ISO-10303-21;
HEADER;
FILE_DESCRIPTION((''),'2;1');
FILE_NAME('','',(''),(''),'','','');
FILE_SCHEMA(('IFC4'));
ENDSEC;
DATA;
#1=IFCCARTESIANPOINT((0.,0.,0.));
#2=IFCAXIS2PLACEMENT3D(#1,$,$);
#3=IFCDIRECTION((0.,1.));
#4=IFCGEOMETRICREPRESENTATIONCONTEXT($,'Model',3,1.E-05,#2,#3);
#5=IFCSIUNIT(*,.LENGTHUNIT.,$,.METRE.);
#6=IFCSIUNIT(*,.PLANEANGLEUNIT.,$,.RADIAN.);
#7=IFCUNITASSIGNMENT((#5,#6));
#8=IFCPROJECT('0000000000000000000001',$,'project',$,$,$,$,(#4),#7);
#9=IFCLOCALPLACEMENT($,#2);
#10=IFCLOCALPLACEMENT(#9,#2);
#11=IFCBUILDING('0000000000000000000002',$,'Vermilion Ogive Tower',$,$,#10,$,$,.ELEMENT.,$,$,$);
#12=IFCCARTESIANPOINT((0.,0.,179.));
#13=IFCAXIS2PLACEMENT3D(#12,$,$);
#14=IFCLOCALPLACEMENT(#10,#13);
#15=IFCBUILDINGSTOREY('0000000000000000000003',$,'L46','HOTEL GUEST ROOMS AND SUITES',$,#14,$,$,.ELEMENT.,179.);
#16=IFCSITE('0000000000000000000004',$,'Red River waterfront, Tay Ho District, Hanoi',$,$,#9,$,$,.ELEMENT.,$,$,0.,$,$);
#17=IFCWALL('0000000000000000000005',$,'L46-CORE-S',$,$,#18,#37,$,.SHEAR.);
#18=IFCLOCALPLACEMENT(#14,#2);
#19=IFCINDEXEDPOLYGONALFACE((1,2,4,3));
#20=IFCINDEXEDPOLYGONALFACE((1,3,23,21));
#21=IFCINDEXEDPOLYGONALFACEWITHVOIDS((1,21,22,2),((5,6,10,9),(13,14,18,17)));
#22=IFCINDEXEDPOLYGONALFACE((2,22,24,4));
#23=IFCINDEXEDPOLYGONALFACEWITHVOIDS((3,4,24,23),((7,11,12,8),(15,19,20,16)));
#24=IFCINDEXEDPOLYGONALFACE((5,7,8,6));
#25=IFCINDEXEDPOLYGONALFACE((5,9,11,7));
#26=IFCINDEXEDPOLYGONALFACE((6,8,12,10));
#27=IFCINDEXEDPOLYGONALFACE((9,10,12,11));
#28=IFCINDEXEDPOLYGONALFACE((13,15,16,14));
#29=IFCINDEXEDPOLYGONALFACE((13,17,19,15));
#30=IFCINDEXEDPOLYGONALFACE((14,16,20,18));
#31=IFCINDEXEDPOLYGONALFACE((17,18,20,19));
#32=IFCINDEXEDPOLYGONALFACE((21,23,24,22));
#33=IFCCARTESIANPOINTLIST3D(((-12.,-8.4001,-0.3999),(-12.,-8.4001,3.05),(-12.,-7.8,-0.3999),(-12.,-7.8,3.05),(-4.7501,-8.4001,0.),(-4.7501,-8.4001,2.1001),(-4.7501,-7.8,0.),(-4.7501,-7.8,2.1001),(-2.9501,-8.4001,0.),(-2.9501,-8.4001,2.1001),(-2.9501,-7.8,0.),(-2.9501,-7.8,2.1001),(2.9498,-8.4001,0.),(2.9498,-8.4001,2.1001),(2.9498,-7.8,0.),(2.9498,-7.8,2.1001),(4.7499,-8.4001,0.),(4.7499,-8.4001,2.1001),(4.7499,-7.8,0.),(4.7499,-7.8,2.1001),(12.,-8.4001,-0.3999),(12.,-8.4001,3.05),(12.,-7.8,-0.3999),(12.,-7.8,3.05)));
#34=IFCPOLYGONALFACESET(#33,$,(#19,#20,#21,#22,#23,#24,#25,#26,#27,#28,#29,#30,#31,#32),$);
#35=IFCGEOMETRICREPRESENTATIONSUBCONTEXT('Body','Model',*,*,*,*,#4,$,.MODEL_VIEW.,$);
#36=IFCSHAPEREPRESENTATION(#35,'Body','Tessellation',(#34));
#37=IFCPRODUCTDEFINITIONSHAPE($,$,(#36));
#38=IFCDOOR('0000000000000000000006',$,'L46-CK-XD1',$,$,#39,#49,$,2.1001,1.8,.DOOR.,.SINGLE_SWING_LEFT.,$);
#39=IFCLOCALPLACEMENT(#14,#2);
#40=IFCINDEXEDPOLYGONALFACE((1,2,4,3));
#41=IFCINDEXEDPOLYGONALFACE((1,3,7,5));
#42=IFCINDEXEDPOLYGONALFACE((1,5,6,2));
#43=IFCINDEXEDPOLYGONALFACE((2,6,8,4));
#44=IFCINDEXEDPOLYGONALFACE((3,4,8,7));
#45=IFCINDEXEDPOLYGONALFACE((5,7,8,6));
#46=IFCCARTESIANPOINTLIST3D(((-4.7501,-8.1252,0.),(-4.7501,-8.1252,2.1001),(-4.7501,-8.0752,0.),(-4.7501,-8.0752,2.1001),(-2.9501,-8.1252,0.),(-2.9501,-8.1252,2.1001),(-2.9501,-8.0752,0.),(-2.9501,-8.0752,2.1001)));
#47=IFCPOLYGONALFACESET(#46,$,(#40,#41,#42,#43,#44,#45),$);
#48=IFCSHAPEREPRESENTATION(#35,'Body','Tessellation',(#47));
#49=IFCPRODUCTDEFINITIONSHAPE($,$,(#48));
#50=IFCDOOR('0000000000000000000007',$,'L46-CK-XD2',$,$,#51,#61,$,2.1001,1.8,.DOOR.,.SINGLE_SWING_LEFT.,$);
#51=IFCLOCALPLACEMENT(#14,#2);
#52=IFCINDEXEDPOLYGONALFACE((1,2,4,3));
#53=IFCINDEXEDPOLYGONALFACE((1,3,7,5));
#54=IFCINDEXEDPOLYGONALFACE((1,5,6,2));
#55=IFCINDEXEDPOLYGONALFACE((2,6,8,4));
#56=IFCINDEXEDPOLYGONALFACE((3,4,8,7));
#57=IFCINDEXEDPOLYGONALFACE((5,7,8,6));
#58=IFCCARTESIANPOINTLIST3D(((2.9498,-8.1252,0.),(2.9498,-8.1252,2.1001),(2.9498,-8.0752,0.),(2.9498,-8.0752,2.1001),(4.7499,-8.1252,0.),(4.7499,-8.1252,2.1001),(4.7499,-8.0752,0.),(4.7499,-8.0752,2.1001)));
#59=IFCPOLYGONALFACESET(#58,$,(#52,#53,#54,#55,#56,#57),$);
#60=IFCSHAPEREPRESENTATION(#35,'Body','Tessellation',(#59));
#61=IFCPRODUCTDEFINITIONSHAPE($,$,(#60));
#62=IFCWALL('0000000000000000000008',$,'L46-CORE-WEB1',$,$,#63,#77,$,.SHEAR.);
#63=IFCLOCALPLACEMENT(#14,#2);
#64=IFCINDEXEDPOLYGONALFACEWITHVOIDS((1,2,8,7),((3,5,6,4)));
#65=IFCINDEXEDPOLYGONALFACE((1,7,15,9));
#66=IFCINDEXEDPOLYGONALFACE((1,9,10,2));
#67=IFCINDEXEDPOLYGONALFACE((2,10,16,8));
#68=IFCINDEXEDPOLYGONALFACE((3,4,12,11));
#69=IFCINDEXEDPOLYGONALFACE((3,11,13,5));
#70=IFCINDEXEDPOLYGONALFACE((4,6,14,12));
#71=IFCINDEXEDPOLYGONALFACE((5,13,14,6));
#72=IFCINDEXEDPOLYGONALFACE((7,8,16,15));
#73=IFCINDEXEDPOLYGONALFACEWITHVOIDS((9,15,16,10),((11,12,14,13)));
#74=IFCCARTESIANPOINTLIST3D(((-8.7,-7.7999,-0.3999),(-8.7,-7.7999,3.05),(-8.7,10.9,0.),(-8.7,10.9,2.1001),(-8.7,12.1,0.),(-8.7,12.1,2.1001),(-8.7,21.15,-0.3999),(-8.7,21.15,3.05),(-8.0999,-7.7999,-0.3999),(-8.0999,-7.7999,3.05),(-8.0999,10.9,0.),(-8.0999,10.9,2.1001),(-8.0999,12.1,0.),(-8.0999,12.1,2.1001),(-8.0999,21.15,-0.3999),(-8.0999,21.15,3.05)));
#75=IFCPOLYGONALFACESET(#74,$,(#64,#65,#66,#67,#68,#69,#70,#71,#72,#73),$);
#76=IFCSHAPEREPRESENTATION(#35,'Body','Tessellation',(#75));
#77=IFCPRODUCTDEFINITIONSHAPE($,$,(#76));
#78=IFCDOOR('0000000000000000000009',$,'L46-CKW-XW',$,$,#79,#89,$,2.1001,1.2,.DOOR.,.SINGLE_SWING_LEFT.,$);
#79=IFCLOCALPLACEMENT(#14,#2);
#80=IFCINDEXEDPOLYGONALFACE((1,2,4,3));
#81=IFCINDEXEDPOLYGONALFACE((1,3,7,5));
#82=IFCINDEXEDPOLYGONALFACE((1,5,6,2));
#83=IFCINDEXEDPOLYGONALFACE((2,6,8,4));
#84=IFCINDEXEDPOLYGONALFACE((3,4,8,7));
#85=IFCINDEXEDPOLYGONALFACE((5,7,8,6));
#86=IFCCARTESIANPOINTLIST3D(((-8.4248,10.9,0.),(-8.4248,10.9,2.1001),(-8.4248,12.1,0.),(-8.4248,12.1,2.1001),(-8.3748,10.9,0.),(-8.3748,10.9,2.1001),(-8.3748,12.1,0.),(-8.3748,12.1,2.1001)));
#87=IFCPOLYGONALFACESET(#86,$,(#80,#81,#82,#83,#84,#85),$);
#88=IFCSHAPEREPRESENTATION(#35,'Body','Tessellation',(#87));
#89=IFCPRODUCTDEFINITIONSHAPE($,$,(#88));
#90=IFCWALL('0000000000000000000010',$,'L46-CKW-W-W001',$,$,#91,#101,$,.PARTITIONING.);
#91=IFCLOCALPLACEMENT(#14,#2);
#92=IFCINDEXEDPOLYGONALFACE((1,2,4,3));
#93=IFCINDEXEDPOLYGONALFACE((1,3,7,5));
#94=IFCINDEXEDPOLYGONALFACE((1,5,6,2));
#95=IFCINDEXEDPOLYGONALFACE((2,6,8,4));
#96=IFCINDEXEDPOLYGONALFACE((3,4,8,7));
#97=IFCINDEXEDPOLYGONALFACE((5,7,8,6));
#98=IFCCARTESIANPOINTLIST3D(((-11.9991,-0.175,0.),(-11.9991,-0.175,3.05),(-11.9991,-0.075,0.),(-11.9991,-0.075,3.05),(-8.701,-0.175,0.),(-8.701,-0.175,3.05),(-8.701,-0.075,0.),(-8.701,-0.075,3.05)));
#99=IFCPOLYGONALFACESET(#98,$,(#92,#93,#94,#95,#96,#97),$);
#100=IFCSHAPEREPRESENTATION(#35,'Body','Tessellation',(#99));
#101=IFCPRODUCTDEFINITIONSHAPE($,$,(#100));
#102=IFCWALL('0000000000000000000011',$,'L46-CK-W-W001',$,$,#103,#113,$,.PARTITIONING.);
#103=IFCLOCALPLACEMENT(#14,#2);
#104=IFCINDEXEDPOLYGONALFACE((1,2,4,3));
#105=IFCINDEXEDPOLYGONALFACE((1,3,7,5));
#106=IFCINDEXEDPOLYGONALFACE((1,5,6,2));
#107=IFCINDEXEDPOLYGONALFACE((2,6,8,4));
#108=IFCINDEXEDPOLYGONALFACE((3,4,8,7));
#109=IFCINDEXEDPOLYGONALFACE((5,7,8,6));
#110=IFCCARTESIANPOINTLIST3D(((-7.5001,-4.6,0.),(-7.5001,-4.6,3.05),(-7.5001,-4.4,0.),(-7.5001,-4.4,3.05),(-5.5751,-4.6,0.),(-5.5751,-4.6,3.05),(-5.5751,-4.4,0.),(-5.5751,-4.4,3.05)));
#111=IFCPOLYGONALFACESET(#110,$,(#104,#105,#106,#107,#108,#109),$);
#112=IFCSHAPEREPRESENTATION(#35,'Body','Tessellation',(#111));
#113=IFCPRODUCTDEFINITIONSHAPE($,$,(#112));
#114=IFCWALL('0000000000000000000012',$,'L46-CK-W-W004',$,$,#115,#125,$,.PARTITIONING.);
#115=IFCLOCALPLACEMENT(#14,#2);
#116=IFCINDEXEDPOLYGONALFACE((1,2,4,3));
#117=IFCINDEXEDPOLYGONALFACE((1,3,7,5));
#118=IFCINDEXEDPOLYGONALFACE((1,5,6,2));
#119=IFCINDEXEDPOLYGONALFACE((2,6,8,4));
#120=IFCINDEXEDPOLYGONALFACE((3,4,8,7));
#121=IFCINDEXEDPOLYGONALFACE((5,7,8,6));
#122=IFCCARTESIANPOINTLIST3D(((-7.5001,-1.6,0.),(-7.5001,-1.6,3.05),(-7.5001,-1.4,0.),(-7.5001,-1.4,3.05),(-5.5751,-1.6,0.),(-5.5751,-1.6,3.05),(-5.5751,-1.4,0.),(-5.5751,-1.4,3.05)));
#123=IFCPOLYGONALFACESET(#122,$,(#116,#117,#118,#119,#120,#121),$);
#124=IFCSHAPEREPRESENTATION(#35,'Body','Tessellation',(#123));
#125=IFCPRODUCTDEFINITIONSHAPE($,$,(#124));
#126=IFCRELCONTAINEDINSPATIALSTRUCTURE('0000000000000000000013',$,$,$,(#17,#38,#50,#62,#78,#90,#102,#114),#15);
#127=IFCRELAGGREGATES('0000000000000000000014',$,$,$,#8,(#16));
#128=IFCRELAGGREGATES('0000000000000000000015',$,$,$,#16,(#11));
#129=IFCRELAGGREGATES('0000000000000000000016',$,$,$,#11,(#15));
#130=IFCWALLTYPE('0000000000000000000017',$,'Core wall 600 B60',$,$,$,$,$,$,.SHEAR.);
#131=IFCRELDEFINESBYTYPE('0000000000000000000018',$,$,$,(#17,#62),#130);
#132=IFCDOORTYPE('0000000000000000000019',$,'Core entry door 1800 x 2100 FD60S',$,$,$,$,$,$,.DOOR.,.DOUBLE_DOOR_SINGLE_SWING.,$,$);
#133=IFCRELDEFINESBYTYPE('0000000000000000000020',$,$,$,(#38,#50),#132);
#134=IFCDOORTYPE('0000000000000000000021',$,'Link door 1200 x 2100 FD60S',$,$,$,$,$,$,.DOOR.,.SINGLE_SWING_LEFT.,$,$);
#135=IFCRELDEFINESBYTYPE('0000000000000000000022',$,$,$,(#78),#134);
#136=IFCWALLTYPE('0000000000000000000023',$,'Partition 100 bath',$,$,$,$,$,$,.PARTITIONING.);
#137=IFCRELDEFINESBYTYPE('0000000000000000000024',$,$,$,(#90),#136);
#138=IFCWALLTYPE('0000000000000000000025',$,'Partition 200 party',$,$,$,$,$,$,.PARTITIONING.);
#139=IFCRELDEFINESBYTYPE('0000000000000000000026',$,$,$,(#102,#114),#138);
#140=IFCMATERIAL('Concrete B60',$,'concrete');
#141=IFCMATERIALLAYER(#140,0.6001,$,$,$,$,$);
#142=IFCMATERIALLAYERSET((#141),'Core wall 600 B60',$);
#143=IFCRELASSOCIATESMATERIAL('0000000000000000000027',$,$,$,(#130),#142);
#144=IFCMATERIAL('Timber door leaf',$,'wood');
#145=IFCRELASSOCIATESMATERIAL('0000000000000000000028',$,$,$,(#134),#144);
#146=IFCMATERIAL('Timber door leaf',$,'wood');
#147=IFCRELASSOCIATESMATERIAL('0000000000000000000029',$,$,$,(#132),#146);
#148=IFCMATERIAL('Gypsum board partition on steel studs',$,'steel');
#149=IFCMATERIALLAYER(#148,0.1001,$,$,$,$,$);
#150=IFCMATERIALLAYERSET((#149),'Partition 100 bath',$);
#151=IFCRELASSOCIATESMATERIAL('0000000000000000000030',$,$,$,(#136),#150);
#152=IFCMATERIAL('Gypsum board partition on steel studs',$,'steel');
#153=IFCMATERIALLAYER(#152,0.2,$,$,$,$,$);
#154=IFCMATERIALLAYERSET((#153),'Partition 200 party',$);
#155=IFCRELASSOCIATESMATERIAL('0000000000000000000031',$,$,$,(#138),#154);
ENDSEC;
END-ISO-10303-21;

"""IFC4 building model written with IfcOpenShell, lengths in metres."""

from ifc_helpers import new_model, si_unit, direction, frame, frame_2d, origin, place, context, subcontext, project, spatial, rectangle, extrude, material, layer, layer_set, type_object, element, fill, save


model = new_model("IFC4")

# Units and contexts
model_context = context("Model", 3, precision=1e-05, world=origin(), true_north=direction((0.0, 1.0)))
body_context = subcontext(model_context, "Body", "Model", "MODEL_VIEW")
ifc_project = project(units=[si_unit("LENGTHUNIT", "METRE"), si_unit("PLANEANGLEUNIT", "RADIAN")], contexts=[model_context])

# Site, building, storey
site_placement = place(None, origin())
site = spatial("IfcSite", under=ifc_project, at=site_placement, Name="Red River waterfront, Tay Ho District, Hanoi", CompositionType="ELEMENT", RefElevation=0.0)
building_placement = place(site_placement, origin())
building = spatial("IfcBuilding", under=site, at=building_placement, Name="Vermilion Ogive Tower", CompositionType="ELEMENT")
storey_placement = place(building_placement, frame((0.0, 0.0, 179.0)))
storey = spatial("IfcBuildingStorey", under=building, at=storey_placement, Name="L46", Description="HOTEL GUEST ROOMS AND SUITES", CompositionType="ELEMENT", Elevation=179.0)

# Wall, openings, doors
ifc_material_1 = material(Name="Concrete B60", Category="concrete")
ifc_layer_1 = layer(ifc_material_1, 0.6001)
ifc_layer_set_1 = layer_set([ifc_layer_1], Name="Core wall 600 B60")
wall_type_1 = type_object("IfcWallType", Name="Core wall 600 B60", PredefinedType="SHEAR", material=ifc_layer_set_1)
ifc_material_2 = material(Name="Timber door leaf", Category="wood")
door_type_1 = type_object("IfcDoorType", Name="Link door 1200 x 2100 FD60S", OperationType="SINGLE_SWING_LEFT", PredefinedType="DOOR", material=ifc_material_2)
wall_1_placement = place(storey_placement, frame((-12.0, -8.1001, -0.3999), z_axis=(0.0, 0.0, 1.0), x_axis=(1.0, 0.0, 0.0)))
wall_1 = element("IfcWall", 1, at=wall_1_placement, inside=storey, type_object=wall_type_1, Name="L46-CORE-S", PredefinedType="SHEAR", context=body_context, shape_type="SweptSolid", body=[
    extrude(rectangle(XDim=24.0, YDim=0.6001, at=frame_2d((12.0, 0.0))), origin(), (0.0, 0.0, 1.0), 3.45),
])
opening_1_placement = place(wall_1_placement, frame((7.25, 0.0, 0.3999)))
opening_1 = element("IfcOpeningElement", 2, at=opening_1_placement, cuts=wall_1, PredefinedType="OPENING", context=body_context, shape_type="SweptSolid", body=[
    extrude(rectangle(XDim=1.8, YDim=2.1001, at=frame_2d((0.8999, 1.05))), frame((0.0, 0.3101, 0.0), z_axis=(0.0, -1.0, 0.0), x_axis=(1.0, 0.0, 0.0)), (0.0, 0.0, 1.0), 0.6201),
])
opening_2_placement = place(wall_1_placement, frame((14.95, 0.0, 0.3999)))
opening_2 = element("IfcOpeningElement", 3, at=opening_2_placement, cuts=wall_1, PredefinedType="OPENING", context=body_context, shape_type="SweptSolid", body=[
    extrude(rectangle(XDim=1.8, YDim=2.1001, at=frame_2d((0.8999, 1.05))), frame((0.0, 0.3101, 0.0), z_axis=(0.0, -1.0, 0.0), x_axis=(1.0, 0.0, 0.0)), (0.0, 0.0, 1.0), 0.6201),
])
ifc_material_3 = material(Name="Timber door leaf", Category="wood")
door_type_2 = type_object("IfcDoorType", Name="Core entry door 1800 x 2100 FD60S", OperationType="DOUBLE_DOOR_SINGLE_SWING", PredefinedType="DOOR", material=ifc_material_3)
door_1_placement = place(opening_1_placement, origin())
door_1 = element("IfcDoor", 4, at=door_1_placement, inside=storey, type_object=door_type_2, Name="L46-CK-XD1", OperationType="SINGLE_SWING_LEFT", OverallHeight=2.1001, OverallWidth=1.8, PredefinedType="DOOR", context=body_context, shape_type="SweptSolid", body=[
    extrude(rectangle(XDim=1.8, YDim=2.1001, at=frame_2d((0.8999, 1.05))), frame((0.0, 0.0249, 0.0), z_axis=(0.0, -1.0, 0.0), x_axis=(1.0, 0.0, 0.0)), (0.0, 0.0, 1.0), 0.05),
])
fill(opening_1, door_1)
door_2_placement = place(opening_2_placement, origin())
door_2 = element("IfcDoor", 5, at=door_2_placement, inside=storey, type_object=door_type_2, Name="L46-CK-XD2", OperationType="SINGLE_SWING_LEFT", OverallHeight=2.1001, OverallWidth=1.8, PredefinedType="DOOR", context=body_context, shape_type="SweptSolid", body=[
    extrude(rectangle(XDim=1.8, YDim=2.1001, at=frame_2d((0.8999, 1.05))), frame((0.0, 0.0249, 0.0), z_axis=(0.0, -1.0, 0.0), x_axis=(1.0, 0.0, 0.0)), (0.0, 0.0, 1.0), 0.05),
])
fill(opening_2, door_2)

# Wall, opening, door
wall_2_placement = place(storey_placement, frame((-8.3999, -7.8, -0.3999), z_axis=(0.0, 0.0, 1.0), x_axis=(0.0, 1.0, 0.0)))
wall_2 = element("IfcWall", 6, at=wall_2_placement, inside=storey, type_object=wall_type_1, Name="L46-CORE-WEB1", PredefinedType="SHEAR", context=body_context, shape_type="SweptSolid", body=[
    extrude(rectangle(XDim=28.95, YDim=0.6001, at=frame_2d((14.4751, 0.0))), origin(), (0.0, 0.0, 1.0), 3.45),
])
opening_3_placement = place(wall_2_placement, frame((18.7, 0.0, 0.3999)))
opening_3 = element("IfcOpeningElement", 7, at=opening_3_placement, cuts=wall_2, PredefinedType="OPENING", context=body_context, shape_type="SweptSolid", body=[
    extrude(rectangle(XDim=1.2, YDim=2.1001, at=frame_2d((0.6001, 1.05))), frame((0.0, 0.3101, 0.0), z_axis=(0.0, -1.0, 0.0), x_axis=(1.0, 0.0, 0.0)), (0.0, 0.0, 1.0), 0.6201),
])
door_3_placement = place(opening_3_placement, origin())
door_3 = element("IfcDoor", 8, at=door_3_placement, inside=storey, type_object=door_type_1, Name="L46-CKW-XW", OperationType="SINGLE_SWING_LEFT", OverallHeight=2.1001, OverallWidth=1.2, PredefinedType="DOOR", context=body_context, shape_type="SweptSolid", body=[
    extrude(rectangle(XDim=1.2, YDim=2.1001, at=frame_2d((0.6001, 1.05))), frame((0.0, 0.0249, 0.0), z_axis=(0.0, -1.0, 0.0), x_axis=(1.0, 0.0, 0.0)), (0.0, 0.0, 1.0), 0.05),
])
fill(opening_3, door_3)

# Walls
ifc_material_4 = material(Name="Gypsum board partition on steel studs", Category="steel")
ifc_layer_2 = layer(ifc_material_4, 0.1001)
ifc_layer_set_2 = layer_set([ifc_layer_2], Name="Partition 100 bath")
wall_type_2 = type_object("IfcWallType", Name="Partition 100 bath", PredefinedType="PARTITIONING", material=ifc_layer_set_2)
wall_3_placement = place(storey_placement, frame((-11.999, -0.125, 0.0), z_axis=(0.0, 0.0, 1.0), x_axis=(1.0, 0.0, 0.0)))
element("IfcWall", 9, at=wall_3_placement, inside=storey, type_object=wall_type_2, Name="L46-CKW-W-W001", PredefinedType="PARTITIONING", context=body_context, shape_type="SweptSolid", body=[
    extrude(rectangle(XDim=3.2981, YDim=0.1001, at=frame_2d((1.6489, 0.0))), origin(), (0.0, 0.0, 1.0), 3.05),
])
ifc_material_5 = material(Name="Gypsum board partition on steel studs", Category="steel")
ifc_layer_3 = layer(ifc_material_5, 0.2)
ifc_layer_set_3 = layer_set([ifc_layer_3], Name="Partition 200 party")
wall_type_3 = type_object("IfcWallType", Name="Partition 200 party", PredefinedType="PARTITIONING", material=ifc_layer_set_3)
for number, where, z_axis, x_axis, name in (
    (10, (-7.5, -4.5, 0.0), (0.0, 0.0, 1.0), (1.0, 0.0, 0.0), "L46-CK-W-W001"),
    (11, (-7.5, -1.5, 0.0), (0.0, 0.0, 1.0), (1.0, 0.0, 0.0), "L46-CK-W-W004"),
):
    element("IfcWall", number, at=place(storey_placement, frame(where, z_axis=z_axis, x_axis=x_axis)), inside=storey, type_object=wall_type_3, Name=name, PredefinedType="PARTITIONING", context=body_context, shape_type="SweptSolid", body=[
        extrude(rectangle(XDim=1.925, YDim=0.2, at=frame_2d((0.9624, 0.0))), origin(), (0.0, 0.0, 1.0), 3.05),
    ])

save(model, "model.ifc")
